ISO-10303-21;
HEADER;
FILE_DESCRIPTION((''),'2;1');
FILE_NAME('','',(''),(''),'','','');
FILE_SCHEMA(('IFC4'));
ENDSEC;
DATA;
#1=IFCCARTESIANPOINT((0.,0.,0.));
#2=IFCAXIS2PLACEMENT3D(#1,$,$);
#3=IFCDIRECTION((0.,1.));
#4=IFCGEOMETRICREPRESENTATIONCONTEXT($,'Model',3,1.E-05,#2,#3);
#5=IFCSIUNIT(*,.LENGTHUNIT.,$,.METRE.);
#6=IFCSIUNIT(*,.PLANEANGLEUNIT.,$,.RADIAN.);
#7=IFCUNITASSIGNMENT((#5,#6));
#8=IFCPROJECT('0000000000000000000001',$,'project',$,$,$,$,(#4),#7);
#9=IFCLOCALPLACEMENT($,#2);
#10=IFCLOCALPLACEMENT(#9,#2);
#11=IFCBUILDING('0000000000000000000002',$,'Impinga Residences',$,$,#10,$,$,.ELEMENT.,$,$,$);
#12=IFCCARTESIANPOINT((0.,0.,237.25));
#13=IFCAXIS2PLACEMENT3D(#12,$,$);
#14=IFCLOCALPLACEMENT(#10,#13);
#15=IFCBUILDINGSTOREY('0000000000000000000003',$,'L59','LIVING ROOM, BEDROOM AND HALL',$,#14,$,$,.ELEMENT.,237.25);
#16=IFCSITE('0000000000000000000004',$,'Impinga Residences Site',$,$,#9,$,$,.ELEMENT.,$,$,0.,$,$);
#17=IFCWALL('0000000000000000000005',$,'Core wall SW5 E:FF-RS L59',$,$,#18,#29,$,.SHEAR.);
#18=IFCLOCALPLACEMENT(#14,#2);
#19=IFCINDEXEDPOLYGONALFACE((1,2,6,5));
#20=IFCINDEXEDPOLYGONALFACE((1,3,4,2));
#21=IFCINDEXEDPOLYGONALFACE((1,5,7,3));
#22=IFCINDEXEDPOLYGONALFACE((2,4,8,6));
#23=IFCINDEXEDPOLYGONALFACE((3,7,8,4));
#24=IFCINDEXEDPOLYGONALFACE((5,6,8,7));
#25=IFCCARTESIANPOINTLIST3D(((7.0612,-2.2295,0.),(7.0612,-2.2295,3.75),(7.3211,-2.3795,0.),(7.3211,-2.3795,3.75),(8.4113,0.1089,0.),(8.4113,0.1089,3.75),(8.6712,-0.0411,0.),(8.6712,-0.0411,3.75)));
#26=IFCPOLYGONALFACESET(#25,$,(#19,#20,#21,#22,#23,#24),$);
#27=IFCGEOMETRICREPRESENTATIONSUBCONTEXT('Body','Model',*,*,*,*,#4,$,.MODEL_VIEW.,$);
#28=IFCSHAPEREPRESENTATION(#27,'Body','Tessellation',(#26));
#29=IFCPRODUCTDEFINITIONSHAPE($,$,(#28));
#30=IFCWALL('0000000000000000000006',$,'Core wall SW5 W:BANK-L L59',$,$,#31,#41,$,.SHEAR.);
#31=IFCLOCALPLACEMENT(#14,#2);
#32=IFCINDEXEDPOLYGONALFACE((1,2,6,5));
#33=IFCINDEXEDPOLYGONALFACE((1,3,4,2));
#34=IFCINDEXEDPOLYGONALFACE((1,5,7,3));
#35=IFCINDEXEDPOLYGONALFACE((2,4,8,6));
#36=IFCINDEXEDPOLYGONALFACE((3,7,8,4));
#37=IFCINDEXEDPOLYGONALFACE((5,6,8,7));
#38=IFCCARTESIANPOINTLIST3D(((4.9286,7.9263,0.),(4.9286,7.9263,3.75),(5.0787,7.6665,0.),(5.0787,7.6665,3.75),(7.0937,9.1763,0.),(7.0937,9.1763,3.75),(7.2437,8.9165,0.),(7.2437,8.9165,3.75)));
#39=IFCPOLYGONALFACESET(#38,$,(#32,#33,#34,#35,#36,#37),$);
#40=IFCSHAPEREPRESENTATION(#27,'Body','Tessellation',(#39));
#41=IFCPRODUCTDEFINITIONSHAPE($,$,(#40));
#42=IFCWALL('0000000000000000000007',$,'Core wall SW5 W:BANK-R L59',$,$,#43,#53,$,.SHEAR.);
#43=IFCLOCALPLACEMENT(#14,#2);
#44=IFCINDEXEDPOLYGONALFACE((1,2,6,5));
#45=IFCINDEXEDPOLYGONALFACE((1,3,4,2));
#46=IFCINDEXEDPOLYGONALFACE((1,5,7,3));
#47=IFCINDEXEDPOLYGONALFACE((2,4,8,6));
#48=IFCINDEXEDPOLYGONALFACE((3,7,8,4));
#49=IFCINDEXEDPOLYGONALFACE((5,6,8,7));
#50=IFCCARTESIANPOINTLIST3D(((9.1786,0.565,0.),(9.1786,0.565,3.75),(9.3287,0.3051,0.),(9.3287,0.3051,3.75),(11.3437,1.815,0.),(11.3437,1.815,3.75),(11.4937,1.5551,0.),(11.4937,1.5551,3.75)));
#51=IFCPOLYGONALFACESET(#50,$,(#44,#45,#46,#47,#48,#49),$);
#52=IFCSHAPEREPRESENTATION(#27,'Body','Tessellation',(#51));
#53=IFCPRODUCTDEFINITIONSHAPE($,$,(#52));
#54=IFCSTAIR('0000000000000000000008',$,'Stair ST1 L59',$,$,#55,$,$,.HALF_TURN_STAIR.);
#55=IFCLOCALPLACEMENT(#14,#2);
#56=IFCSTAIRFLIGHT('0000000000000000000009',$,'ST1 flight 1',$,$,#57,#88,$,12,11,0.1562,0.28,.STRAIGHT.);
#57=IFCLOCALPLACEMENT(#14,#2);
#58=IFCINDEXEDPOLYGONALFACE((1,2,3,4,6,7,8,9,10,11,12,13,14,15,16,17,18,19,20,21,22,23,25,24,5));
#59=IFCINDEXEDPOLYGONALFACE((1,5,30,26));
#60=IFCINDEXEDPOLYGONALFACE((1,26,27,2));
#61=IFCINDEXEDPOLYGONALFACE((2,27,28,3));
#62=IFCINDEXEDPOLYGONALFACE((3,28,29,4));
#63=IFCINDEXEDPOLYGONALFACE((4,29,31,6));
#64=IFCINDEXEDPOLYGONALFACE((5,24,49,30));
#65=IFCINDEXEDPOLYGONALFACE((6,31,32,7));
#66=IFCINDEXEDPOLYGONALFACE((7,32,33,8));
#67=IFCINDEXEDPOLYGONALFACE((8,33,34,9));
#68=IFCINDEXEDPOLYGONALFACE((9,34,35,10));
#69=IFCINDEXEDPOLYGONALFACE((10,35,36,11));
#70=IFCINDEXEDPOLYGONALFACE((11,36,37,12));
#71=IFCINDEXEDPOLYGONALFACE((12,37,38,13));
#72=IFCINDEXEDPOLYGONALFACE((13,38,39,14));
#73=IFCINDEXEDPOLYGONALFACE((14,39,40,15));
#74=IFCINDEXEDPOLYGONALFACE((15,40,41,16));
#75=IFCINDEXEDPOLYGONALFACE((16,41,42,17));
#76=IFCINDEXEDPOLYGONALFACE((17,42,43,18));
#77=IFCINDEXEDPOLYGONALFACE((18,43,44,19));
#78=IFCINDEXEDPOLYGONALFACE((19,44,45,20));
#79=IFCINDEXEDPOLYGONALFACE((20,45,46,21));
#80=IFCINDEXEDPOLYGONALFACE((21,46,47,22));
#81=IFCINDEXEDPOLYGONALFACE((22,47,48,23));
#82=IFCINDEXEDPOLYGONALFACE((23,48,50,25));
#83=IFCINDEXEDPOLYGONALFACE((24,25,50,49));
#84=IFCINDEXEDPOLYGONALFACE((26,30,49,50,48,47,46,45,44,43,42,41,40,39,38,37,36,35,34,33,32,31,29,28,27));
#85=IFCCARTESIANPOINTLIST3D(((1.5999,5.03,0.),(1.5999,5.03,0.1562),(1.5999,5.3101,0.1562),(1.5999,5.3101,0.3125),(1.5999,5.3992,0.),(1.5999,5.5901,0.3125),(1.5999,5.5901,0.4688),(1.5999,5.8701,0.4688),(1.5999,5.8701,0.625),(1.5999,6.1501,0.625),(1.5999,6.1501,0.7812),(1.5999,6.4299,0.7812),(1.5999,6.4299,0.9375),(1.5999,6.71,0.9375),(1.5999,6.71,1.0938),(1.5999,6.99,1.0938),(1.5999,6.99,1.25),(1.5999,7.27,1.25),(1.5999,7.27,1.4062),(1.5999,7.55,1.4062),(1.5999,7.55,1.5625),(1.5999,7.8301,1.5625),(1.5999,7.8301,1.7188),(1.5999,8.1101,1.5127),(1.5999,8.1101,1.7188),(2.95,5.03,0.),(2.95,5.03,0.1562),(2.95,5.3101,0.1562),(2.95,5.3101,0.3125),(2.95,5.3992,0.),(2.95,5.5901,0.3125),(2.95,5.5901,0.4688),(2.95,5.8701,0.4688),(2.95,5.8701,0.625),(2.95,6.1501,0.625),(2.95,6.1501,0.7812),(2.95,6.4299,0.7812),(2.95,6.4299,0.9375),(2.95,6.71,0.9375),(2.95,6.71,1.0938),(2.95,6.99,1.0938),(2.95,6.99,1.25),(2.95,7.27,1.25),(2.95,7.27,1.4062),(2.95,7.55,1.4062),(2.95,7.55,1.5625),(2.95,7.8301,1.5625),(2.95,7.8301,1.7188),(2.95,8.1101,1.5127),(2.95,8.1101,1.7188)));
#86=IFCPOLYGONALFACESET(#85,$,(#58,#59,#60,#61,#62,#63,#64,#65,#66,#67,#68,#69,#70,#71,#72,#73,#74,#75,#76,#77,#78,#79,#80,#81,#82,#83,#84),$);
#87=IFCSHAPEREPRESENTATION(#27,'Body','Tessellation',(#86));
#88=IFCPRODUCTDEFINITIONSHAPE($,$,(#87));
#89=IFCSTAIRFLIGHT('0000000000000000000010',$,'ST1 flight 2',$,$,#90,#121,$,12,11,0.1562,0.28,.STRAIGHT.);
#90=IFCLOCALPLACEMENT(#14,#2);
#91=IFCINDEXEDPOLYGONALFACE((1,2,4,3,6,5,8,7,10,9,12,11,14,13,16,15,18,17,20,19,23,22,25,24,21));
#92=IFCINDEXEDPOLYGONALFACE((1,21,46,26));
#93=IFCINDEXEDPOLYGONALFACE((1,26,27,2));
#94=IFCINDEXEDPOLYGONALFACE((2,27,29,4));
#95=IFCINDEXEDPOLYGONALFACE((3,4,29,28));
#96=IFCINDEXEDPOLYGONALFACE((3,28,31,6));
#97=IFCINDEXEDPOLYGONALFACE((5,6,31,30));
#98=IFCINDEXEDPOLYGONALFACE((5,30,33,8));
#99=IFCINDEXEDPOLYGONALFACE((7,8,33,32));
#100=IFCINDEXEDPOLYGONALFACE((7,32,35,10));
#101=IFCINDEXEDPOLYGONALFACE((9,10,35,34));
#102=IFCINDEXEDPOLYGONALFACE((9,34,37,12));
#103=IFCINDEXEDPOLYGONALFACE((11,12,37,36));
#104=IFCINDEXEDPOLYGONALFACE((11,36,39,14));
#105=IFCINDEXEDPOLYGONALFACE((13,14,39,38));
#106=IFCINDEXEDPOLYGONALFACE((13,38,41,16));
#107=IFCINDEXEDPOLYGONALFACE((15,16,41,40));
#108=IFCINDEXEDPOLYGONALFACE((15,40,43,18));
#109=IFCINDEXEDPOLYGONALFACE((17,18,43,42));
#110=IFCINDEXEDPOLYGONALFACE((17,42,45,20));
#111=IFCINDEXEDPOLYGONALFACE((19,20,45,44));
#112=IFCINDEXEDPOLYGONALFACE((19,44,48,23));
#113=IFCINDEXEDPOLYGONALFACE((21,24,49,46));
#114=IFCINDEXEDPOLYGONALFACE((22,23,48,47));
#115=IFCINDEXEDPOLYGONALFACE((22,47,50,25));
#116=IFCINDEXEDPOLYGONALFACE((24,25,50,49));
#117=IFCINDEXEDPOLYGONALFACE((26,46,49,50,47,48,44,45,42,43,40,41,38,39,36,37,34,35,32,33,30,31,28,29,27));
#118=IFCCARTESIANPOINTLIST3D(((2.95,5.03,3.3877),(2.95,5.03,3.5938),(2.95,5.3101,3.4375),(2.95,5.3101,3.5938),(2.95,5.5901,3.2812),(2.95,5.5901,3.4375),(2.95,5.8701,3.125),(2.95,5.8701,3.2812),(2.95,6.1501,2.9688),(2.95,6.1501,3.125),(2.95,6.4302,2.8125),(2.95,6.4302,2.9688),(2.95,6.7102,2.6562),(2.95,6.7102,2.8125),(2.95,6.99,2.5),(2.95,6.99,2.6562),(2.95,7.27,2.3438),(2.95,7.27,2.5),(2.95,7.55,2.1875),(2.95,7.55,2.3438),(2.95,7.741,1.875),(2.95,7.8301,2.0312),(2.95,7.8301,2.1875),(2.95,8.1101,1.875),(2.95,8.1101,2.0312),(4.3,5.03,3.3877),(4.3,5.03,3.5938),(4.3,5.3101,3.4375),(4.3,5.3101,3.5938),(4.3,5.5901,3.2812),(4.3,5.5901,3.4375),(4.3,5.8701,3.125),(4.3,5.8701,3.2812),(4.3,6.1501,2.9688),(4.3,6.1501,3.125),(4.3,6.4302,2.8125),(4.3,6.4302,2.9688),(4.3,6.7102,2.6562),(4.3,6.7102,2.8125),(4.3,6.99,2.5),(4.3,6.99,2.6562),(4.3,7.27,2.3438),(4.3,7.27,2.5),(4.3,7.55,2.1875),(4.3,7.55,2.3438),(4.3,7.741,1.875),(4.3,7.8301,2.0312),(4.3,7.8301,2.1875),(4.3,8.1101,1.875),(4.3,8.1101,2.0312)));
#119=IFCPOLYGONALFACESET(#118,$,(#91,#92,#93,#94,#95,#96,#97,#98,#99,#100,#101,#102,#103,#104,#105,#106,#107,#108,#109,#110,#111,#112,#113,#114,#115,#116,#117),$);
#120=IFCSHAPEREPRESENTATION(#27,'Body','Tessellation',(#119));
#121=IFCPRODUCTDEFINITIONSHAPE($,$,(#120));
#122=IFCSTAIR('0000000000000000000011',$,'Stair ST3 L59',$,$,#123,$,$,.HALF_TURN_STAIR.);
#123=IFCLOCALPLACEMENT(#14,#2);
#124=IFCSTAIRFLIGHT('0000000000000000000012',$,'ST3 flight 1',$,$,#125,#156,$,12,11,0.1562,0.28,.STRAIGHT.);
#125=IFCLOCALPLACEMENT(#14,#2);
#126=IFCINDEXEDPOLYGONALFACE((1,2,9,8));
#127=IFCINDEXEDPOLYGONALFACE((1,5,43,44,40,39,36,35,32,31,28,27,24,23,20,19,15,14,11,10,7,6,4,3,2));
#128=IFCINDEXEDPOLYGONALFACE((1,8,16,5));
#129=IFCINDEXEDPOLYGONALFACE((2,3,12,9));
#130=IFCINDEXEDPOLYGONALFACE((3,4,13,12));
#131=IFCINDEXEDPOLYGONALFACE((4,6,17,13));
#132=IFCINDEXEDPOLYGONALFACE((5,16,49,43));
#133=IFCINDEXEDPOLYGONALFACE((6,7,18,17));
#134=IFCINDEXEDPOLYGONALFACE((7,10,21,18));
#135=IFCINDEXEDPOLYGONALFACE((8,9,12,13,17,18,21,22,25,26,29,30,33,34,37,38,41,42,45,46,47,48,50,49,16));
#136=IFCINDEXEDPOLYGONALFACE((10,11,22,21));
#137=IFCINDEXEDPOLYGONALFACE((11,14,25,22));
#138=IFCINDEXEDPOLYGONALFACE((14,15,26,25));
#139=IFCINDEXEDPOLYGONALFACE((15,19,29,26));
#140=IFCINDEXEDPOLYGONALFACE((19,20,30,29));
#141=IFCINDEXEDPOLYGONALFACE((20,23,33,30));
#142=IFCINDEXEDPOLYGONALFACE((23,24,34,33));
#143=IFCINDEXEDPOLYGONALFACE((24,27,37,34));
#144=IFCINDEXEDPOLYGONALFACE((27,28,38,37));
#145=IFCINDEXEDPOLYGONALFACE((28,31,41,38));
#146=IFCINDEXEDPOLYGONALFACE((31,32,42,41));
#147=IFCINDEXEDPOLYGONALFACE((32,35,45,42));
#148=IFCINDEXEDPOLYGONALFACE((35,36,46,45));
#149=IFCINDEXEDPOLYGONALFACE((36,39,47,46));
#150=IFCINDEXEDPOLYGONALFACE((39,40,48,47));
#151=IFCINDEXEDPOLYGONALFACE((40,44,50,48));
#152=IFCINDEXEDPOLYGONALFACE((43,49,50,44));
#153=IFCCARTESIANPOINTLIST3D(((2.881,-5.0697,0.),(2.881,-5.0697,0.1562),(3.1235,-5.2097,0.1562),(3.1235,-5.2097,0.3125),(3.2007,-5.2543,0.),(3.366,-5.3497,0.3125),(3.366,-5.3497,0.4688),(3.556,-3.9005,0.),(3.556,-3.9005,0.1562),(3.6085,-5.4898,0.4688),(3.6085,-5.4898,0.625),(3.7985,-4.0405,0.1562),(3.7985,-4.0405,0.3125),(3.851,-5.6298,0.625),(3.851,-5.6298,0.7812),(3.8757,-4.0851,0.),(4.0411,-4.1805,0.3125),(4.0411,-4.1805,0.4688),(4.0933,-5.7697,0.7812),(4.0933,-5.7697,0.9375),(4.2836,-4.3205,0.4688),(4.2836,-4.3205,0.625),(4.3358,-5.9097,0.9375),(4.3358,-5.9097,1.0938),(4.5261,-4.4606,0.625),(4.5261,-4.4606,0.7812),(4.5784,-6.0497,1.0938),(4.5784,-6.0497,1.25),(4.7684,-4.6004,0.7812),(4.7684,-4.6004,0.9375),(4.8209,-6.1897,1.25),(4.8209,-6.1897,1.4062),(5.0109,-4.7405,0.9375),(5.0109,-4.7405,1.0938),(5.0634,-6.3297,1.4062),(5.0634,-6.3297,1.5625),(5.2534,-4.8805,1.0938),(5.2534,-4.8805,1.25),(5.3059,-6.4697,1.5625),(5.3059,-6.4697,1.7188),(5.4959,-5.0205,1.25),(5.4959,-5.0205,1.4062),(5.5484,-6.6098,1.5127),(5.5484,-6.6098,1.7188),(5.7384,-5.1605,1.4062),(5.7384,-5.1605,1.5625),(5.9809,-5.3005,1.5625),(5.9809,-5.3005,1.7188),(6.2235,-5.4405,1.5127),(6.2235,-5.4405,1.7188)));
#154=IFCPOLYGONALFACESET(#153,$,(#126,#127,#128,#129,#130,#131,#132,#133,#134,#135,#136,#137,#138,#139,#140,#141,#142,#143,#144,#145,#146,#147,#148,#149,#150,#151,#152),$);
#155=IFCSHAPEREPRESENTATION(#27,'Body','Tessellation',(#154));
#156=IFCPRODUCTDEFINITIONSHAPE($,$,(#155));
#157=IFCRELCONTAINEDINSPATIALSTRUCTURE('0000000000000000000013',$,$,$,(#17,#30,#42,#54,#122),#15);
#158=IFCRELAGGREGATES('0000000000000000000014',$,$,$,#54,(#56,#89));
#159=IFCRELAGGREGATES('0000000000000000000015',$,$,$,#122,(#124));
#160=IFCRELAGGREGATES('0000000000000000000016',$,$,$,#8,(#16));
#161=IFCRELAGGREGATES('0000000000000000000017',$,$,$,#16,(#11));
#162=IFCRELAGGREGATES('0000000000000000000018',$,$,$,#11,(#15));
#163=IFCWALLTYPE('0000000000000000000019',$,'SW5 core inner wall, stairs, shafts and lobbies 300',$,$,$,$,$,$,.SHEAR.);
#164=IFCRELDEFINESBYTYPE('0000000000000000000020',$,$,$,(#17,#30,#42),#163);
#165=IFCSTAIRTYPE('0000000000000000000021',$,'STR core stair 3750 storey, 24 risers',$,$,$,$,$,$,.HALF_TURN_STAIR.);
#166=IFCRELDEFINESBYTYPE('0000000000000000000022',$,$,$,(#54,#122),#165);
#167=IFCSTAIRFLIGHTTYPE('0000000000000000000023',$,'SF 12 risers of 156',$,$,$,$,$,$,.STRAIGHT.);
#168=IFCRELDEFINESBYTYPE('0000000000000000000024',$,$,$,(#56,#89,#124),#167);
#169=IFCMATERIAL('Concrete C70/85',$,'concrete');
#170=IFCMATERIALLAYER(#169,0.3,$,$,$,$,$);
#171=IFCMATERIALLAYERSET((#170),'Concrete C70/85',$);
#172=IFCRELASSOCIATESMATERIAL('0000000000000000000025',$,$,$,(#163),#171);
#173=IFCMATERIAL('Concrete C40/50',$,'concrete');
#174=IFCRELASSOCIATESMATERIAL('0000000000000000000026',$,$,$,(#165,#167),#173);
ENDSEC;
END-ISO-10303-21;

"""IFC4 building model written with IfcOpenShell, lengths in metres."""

from ifc_helpers import new_model, si_unit, direction, frame, frame_2d, origin, place, context, subcontext, project, spatial, polyline, rectangle, outline, extrude, material, layer, layer_set, type_object, element, aggregate, save


model = new_model("IFC4")

# Units and contexts
model_context = context("Model", 3, precision=1e-05, world=origin(), true_north=direction((0.0, 1.0)))
body_context = subcontext(model_context, "Body", "Model", "MODEL_VIEW")
ifc_project = project(units=[si_unit("LENGTHUNIT", "METRE"), si_unit("PLANEANGLEUNIT", "RADIAN")], contexts=[model_context])

# Site, building, storey
site_placement = place(None, origin())
site = spatial("IfcSite", under=ifc_project, at=site_placement, Name="Impinga Residences Site", CompositionType="ELEMENT", RefElevation=0.0)
building_placement = place(site_placement, origin())
building = spatial("IfcBuilding", under=site, at=building_placement, Name="Impinga Residences", CompositionType="ELEMENT")
storey_placement = place(building_placement, frame((0.0, 0.0, 237.25)))
storey = spatial("IfcBuildingStorey", under=building, at=storey_placement, Name="L59", Description="LIVING ROOM, BEDROOM AND HALL", CompositionType="ELEMENT", Elevation=237.25)

# Shared definitions
ifc_material_1 = material(Name="Concrete C70/85", Category="concrete")
ifc_layer_1 = layer(ifc_material_1, 0.3)
ifc_layer_set_1 = layer_set([ifc_layer_1], Name="Concrete C70/85")
wall_type_1 = type_object("IfcWallType", Name="SW5 core inner wall, stairs, shafts and lobbies 300", PredefinedType="SHEAR", material=ifc_layer_set_1)

# Walls
wall_1_placement = place(storey_placement, frame((8.5413, 0.0339, 0.0), z_axis=(0.0, 0.0, 1.0), x_axis=(-0.500009, -0.86602, 0.0)))
element("IfcWall", 1, at=wall_1_placement, inside=storey, type_object=wall_type_1, Name="Core wall SW5 E:FF-RS L59", PredefinedType="SHEAR", context=body_context, shape_type="SweptSolid", body=[
    extrude(rectangle(XDim=2.7002, YDim=0.3, at=frame_2d((1.3501, 0.0))), origin(), (0.0, 0.0, 1.0), 3.75),
])
for number, where, z_axis, x_axis, name in (
    (2, (5.0037, 7.7964, 0.0), (0.0, 0.0, 1.0), (0.866023, 0.500004, 0.0), "Core wall SW5 W:BANK-L L59"),
    (3, (9.2537, 0.4351, 0.0), (0.0, 0.0, 1.0), (0.866023, 0.500004, 0.0), "Core wall SW5 W:BANK-R L59"),
):
    element("IfcWall", number, at=place(storey_placement, frame(where, z_axis=z_axis, x_axis=x_axis)), inside=storey, type_object=wall_type_1, Name=name, PredefinedType="SHEAR", context=body_context, shape_type="SweptSolid", body=[
        extrude(rectangle(XDim=2.5, YDim=0.3, at=frame_2d((1.25, 0.0))), origin(), (0.0, 0.0, 1.0), 3.75),
    ])

# Stair, stair flights
ifc_material_2 = material(Name="Concrete C40/50", Category="concrete")
stair_type = type_object("IfcStairType", Name="STR core stair 3750 storey, 24 risers", PredefinedType="HALF_TURN_STAIR", material=ifc_material_2)
stair_1_placement = place(storey_placement, origin())
stair_1 = element("IfcStair", 4, at=stair_1_placement, inside=storey, type_object=stair_type, Name="Stair ST1 L59", PredefinedType="HALF_TURN_STAIR")
stair_flight_type = type_object("IfcStairFlightType", Name="SF 12 risers of 156", PredefinedType="STRAIGHT", material=ifc_material_2)
stair_flight_1_placement = place(storey_placement, frame((2.2749, 5.03, 0.0), z_axis=(0.0, 0.0, 1.0), x_axis=(0.0, 1.0, 0.0)))
stair_flight_1 = element("IfcStairFlight", 5, at=stair_flight_1_placement, type_object=stair_flight_type, Name="ST1 flight 1", NumberOfRisers=12, NumberOfTreads=11, PredefinedType="STRAIGHT", RiserHeight=0.1562, TreadLength=0.28, context=body_context, shape_type="SweptSolid", body=[
    extrude(outline(polyline([(0.0, 0.0), (0.0, 0.1562), (0.28, 0.1562), (0.28, 0.3125), (0.5601, 0.3125), (0.5601, 0.4688), (0.8401, 0.4688), (0.8401, 0.625), (1.1201, 0.625), (1.1201, 0.7812), (1.3999, 0.7812), (1.3999, 0.9375), (1.6799, 0.9375), (1.6799, 1.0938), (1.96, 1.0938), (1.96, 1.25), (2.24, 1.25), (2.24, 1.4062), (2.52, 1.4062), (2.52, 1.5625), (2.8, 1.5625), (2.8, 1.7188), (3.0801, 1.7188), (3.0801, 1.875), (3.0801, 1.5127), (0.3691, 0.0), (0.0, 0.0)])), frame((0.0, 0.675, 0.0), z_axis=(0.0, -1.0, 0.0), x_axis=(1.0, 0.0, 0.0)), (0.0, 0.0, 1.0), 1.3501),
])
stair_flight_2_placement = place(storey_placement, frame((3.625, 8.1101, 1.875), z_axis=(0.0, 0.0, 1.0), x_axis=(0.0, -1.0, 0.0)))
stair_flight_2 = element("IfcStairFlight", 6, at=stair_flight_2_placement, type_object=stair_flight_type, Name="ST1 flight 2", NumberOfRisers=12, NumberOfTreads=11, PredefinedType="STRAIGHT", RiserHeight=0.1562, TreadLength=0.28, context=body_context, shape_type="SweptSolid", body=[
    extrude(outline(polyline([(0.0, 0.0), (0.0, 0.1562), (0.28, 0.1562), (0.28, 0.3125), (0.5601, 0.3125), (0.5601, 0.4688), (0.8401, 0.4688), (0.8401, 0.625), (1.1201, 0.625), (1.1201, 0.7812), (1.3999, 0.7812), (1.3999, 0.9375), (1.6799, 0.9375), (1.6799, 1.0938), (1.96, 1.0938), (1.96, 1.25), (2.24, 1.25), (2.24, 1.4062), (2.52, 1.4062), (2.52, 1.5625), (2.8, 1.5625), (2.8, 1.7188), (3.0801, 1.7188), (3.0801, 1.875), (3.0801, 1.5127), (0.3691, 0.0), (0.0, 0.0)])), frame((0.0, 0.675, 0.0), z_axis=(0.0, -1.0, 0.0), x_axis=(1.0, 0.0, 0.0)), (0.0, 0.0, 1.0), 1.3501),
])
aggregate(stair_1, [stair_flight_1, stair_flight_2])

# Stair, stair flight
stair_2_placement = place(storey_placement, origin())
stair_2 = element("IfcStair", 7, at=stair_2_placement, inside=storey, type_object=stair_type, Name="Stair ST3 L59", PredefinedType="HALF_TURN_STAIR")
stair_flight_3_placement = place(storey_placement, frame((3.2185, -4.4851, 0.0), z_axis=(0.0, 0.0, 1.0), x_axis=(0.866025, -0.5, 0.0)))
stair_flight_3 = element("IfcStairFlight", 8, at=stair_flight_3_placement, type_object=stair_flight_type, Name="ST3 flight 1", NumberOfRisers=12, NumberOfTreads=11, PredefinedType="STRAIGHT", RiserHeight=0.1562, TreadLength=0.28, context=body_context, shape_type="SweptSolid", body=[
    extrude(outline(polyline([(0.0, 0.0), (0.0, 0.1562), (0.28, 0.1562), (0.28, 0.3125), (0.5601, 0.3125), (0.5601, 0.4688), (0.8401, 0.4688), (0.8401, 0.625), (1.1201, 0.625), (1.1201, 0.7812), (1.3999, 0.7812), (1.3999, 0.9375), (1.6799, 0.9375), (1.6799, 1.0938), (1.96, 1.0938), (1.96, 1.25), (2.24, 1.25), (2.24, 1.4062), (2.52, 1.4062), (2.52, 1.5625), (2.8, 1.5625), (2.8, 1.7188), (3.0801, 1.7188), (3.0801, 1.875), (3.0801, 1.5127), (0.3691, 0.0), (0.0, 0.0)])), frame((0.0, 0.675, 0.0), z_axis=(0.0, -1.0, 0.0), x_axis=(1.0, 0.0, 0.0)), (0.0, 0.0, 1.0), 1.3501),
])
aggregate(stair_2, [stair_flight_3])

save(model, "model.ifc")
